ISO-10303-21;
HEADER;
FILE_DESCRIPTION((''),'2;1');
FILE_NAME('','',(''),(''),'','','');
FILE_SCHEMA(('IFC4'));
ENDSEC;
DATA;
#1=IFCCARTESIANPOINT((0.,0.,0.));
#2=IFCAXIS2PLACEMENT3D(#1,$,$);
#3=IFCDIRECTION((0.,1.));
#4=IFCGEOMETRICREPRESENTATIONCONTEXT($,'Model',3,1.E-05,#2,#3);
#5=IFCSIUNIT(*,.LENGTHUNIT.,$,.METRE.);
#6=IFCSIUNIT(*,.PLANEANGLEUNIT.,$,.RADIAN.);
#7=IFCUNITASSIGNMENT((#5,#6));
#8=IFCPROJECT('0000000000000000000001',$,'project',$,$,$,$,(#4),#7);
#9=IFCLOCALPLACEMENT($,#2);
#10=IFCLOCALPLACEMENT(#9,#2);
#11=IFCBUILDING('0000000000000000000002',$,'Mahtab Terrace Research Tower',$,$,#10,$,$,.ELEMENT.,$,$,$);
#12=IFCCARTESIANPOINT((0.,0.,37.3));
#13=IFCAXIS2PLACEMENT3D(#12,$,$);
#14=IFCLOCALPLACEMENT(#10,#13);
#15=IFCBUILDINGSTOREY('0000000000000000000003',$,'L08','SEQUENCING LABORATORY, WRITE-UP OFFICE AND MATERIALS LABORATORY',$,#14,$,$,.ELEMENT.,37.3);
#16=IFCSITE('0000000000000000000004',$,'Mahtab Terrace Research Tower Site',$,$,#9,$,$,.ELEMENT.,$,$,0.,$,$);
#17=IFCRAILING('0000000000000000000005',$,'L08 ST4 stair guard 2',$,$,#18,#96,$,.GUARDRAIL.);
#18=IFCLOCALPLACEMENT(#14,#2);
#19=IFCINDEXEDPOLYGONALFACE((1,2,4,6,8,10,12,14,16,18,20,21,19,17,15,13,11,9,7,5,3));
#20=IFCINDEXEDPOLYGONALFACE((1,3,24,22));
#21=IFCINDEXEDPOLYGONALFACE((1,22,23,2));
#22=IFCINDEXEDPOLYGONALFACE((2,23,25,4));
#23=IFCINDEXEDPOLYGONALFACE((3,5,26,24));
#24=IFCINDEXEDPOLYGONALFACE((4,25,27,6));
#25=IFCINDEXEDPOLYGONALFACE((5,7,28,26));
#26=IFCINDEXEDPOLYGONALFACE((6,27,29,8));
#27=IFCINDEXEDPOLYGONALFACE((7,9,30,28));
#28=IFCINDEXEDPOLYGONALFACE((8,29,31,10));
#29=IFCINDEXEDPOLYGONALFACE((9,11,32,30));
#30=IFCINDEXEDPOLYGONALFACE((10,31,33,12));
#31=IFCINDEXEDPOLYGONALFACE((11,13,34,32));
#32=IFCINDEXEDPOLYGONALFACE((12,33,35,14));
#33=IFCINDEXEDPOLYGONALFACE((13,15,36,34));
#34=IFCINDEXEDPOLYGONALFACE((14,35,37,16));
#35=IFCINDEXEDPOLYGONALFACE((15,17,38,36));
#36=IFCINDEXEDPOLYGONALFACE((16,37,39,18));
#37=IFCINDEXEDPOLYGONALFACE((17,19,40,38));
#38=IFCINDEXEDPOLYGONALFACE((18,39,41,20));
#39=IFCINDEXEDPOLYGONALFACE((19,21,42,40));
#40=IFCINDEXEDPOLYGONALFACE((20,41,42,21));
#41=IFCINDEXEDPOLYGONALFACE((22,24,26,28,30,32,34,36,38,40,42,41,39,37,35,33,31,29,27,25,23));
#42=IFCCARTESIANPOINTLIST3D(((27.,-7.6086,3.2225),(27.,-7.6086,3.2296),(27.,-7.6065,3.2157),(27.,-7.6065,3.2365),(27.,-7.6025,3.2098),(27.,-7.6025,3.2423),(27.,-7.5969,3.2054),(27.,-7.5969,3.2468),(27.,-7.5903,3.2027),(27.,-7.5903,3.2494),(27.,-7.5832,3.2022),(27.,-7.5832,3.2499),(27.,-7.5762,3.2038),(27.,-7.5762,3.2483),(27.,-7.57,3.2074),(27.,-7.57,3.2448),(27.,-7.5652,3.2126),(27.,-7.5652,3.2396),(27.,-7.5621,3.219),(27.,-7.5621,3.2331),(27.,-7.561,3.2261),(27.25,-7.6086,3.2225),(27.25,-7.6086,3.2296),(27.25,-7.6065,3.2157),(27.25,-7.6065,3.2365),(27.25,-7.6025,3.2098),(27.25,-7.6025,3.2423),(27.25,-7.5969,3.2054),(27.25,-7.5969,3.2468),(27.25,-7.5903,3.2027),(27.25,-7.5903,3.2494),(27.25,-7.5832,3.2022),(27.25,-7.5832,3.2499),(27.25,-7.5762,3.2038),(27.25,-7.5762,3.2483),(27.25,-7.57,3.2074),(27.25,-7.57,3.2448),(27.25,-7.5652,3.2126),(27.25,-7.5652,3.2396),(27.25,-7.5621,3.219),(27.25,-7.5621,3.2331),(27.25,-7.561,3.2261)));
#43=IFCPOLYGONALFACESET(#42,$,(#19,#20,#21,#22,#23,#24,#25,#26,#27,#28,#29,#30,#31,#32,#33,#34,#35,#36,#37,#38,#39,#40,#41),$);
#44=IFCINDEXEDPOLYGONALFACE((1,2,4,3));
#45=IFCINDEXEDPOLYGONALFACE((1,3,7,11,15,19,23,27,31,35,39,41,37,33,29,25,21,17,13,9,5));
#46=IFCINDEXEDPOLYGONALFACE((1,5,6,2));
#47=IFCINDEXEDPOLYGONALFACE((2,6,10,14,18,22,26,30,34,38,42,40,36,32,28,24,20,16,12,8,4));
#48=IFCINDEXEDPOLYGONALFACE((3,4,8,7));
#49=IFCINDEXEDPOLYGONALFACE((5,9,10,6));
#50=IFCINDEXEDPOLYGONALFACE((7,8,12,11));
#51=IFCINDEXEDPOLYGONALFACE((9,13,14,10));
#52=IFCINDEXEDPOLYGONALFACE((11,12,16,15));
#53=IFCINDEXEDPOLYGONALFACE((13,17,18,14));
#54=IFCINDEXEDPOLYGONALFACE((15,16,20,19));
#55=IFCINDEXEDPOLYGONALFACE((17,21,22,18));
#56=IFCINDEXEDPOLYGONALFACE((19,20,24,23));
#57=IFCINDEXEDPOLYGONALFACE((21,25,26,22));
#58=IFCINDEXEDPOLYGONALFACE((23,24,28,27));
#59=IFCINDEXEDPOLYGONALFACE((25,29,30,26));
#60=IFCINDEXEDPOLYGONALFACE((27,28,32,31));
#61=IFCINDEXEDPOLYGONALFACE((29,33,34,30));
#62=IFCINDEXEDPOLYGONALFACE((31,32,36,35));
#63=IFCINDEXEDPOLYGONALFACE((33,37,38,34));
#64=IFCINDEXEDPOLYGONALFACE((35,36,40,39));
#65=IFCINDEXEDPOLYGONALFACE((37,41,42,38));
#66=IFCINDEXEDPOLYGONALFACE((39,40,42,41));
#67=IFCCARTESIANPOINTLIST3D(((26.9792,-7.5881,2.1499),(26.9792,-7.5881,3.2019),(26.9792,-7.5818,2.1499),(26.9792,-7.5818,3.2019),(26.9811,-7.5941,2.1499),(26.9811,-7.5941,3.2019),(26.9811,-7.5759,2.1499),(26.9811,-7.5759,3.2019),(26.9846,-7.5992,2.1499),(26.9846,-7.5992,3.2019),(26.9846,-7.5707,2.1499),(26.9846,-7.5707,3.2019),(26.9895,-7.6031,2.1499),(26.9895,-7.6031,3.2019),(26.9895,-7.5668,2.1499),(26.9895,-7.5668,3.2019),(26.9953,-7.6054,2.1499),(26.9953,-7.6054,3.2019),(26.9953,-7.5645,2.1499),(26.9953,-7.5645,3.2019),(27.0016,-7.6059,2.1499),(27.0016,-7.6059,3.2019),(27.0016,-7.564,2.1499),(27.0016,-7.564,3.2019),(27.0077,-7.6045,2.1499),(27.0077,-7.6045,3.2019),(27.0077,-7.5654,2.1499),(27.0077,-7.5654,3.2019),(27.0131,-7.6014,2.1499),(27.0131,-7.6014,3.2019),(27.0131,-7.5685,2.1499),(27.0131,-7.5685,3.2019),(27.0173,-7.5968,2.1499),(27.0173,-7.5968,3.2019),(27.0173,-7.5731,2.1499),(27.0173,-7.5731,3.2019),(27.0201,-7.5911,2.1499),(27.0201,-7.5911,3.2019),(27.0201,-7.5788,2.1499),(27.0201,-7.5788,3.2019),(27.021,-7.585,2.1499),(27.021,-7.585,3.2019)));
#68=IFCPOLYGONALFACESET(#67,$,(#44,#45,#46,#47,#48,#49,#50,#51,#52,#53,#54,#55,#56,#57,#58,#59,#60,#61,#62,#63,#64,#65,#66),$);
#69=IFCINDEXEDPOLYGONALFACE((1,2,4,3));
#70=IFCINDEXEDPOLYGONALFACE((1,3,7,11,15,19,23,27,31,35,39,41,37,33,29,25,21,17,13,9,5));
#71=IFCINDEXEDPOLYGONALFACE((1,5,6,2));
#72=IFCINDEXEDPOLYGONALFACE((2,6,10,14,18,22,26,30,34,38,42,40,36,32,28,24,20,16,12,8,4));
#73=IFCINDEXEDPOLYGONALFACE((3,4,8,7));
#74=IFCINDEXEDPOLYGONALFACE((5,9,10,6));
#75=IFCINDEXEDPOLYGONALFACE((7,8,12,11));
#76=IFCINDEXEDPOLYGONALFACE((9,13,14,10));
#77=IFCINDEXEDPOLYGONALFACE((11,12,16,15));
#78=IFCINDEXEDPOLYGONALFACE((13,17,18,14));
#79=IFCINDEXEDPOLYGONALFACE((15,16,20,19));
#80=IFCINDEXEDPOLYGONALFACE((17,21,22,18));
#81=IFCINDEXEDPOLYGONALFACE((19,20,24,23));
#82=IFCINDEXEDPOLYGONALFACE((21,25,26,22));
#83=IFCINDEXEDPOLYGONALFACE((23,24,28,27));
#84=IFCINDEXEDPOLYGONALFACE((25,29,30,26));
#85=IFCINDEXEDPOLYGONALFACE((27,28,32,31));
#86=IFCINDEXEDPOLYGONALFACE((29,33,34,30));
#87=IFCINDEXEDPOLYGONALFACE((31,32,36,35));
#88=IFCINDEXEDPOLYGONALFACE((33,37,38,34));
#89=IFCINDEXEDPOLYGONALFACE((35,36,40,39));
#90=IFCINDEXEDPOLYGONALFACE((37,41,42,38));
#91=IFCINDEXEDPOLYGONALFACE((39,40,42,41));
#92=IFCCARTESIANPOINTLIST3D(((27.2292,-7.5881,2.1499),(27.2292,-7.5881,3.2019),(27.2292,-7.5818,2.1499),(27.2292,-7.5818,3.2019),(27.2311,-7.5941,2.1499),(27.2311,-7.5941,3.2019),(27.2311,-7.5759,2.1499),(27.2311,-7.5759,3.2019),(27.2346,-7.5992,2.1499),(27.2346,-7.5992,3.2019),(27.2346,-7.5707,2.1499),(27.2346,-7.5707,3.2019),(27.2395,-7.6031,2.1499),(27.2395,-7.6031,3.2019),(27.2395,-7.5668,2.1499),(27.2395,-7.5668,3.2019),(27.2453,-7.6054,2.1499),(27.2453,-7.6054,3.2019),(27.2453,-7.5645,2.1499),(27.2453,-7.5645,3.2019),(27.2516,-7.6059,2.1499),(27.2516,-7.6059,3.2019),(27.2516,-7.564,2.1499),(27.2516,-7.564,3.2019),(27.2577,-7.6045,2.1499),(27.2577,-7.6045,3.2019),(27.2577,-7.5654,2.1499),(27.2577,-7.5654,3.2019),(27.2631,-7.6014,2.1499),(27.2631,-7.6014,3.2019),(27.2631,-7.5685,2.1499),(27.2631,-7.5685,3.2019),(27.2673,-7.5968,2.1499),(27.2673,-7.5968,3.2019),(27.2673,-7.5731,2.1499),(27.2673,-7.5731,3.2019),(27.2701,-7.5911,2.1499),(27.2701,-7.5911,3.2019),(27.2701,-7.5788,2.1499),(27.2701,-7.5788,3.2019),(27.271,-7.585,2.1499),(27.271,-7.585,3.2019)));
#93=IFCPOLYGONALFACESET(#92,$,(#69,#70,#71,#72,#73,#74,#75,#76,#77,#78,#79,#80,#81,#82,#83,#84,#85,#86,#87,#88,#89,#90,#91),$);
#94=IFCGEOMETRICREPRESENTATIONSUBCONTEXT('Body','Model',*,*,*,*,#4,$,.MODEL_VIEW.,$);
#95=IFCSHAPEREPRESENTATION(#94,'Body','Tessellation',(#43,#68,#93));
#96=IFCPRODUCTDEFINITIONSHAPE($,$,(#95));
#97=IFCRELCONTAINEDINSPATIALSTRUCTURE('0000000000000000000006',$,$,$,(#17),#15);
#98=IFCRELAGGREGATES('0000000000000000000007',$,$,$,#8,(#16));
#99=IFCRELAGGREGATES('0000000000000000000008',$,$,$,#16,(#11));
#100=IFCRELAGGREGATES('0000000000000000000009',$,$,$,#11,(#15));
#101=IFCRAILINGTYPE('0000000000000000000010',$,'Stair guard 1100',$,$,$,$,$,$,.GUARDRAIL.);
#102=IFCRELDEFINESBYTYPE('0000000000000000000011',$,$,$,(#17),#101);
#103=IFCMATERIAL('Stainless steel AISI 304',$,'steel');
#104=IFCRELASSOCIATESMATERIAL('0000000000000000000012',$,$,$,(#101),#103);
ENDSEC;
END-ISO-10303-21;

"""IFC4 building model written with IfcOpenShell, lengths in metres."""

from ifc_helpers import new_model, si_unit, direction, frame, origin, origin_2d, place, context, subcontext, project, spatial, circle, extrude, material, type_object, element, save


model = new_model("IFC4")

# Units and contexts
model_context = context("Model", 3, precision=1e-05, world=origin(), true_north=direction((0.0, 1.0)))
body_context = subcontext(model_context, "Body", "Model", "MODEL_VIEW")
ifc_project = project(units=[si_unit("LENGTHUNIT", "METRE"), si_unit("PLANEANGLEUNIT", "RADIAN")], contexts=[model_context])

# Site, building, storey
site_placement = place(None, origin())
site = spatial("IfcSite", under=ifc_project, at=site_placement, Name="Mahtab Terrace Research Tower Site", CompositionType="ELEMENT", RefElevation=0.0)
building_placement = place(site_placement, origin())
building = spatial("IfcBuilding", under=site, at=building_placement, Name="Mahtab Terrace Research Tower", CompositionType="ELEMENT")
storey_placement = place(building_placement, frame((0.0, 0.0, 37.3)))
storey = spatial("IfcBuildingStorey", under=building, at=storey_placement, Name="L08", Description="SEQUENCING LABORATORY, WRITE-UP OFFICE AND MATERIALS LABORATORY", CompositionType="ELEMENT", Elevation=37.3)

# Railing
ifc_material_1 = material(Name="Stainless steel AISI 304", Category="steel")
railing_type_1 = type_object("IfcRailingType", Name="Stair guard 1100", PredefinedType="GUARDRAIL", material=ifc_material_1)
railing_1_placement = place(storey_placement, frame((27.0, -7.585, 2.1499)))
element("IfcRailing", 1, at=railing_1_placement, inside=storey, type_object=railing_type_1, Name="L08 ST4 stair guard 2", PredefinedType="GUARDRAIL", context=body_context, shape_type="SweptSolid", body=[
    extrude(circle(Radius=0.0239, at=origin_2d()), frame((0.0, 0.0, 1.0762), z_axis=(1.0, 0.0, 0.0), x_axis=(0.0, 1.0, 0.0)), (0.0, 0.0, 1.0), 0.25),
    extrude(circle(Radius=0.021, at=origin_2d()), origin(), (0.0, 0.0, 1.0), 1.052),
    extrude(circle(Radius=0.021, at=origin_2d()), frame((0.25, 0.0, 0.0)), (0.0, 0.0, 1.0), 1.052),
])

save(model, "model.ifc")
